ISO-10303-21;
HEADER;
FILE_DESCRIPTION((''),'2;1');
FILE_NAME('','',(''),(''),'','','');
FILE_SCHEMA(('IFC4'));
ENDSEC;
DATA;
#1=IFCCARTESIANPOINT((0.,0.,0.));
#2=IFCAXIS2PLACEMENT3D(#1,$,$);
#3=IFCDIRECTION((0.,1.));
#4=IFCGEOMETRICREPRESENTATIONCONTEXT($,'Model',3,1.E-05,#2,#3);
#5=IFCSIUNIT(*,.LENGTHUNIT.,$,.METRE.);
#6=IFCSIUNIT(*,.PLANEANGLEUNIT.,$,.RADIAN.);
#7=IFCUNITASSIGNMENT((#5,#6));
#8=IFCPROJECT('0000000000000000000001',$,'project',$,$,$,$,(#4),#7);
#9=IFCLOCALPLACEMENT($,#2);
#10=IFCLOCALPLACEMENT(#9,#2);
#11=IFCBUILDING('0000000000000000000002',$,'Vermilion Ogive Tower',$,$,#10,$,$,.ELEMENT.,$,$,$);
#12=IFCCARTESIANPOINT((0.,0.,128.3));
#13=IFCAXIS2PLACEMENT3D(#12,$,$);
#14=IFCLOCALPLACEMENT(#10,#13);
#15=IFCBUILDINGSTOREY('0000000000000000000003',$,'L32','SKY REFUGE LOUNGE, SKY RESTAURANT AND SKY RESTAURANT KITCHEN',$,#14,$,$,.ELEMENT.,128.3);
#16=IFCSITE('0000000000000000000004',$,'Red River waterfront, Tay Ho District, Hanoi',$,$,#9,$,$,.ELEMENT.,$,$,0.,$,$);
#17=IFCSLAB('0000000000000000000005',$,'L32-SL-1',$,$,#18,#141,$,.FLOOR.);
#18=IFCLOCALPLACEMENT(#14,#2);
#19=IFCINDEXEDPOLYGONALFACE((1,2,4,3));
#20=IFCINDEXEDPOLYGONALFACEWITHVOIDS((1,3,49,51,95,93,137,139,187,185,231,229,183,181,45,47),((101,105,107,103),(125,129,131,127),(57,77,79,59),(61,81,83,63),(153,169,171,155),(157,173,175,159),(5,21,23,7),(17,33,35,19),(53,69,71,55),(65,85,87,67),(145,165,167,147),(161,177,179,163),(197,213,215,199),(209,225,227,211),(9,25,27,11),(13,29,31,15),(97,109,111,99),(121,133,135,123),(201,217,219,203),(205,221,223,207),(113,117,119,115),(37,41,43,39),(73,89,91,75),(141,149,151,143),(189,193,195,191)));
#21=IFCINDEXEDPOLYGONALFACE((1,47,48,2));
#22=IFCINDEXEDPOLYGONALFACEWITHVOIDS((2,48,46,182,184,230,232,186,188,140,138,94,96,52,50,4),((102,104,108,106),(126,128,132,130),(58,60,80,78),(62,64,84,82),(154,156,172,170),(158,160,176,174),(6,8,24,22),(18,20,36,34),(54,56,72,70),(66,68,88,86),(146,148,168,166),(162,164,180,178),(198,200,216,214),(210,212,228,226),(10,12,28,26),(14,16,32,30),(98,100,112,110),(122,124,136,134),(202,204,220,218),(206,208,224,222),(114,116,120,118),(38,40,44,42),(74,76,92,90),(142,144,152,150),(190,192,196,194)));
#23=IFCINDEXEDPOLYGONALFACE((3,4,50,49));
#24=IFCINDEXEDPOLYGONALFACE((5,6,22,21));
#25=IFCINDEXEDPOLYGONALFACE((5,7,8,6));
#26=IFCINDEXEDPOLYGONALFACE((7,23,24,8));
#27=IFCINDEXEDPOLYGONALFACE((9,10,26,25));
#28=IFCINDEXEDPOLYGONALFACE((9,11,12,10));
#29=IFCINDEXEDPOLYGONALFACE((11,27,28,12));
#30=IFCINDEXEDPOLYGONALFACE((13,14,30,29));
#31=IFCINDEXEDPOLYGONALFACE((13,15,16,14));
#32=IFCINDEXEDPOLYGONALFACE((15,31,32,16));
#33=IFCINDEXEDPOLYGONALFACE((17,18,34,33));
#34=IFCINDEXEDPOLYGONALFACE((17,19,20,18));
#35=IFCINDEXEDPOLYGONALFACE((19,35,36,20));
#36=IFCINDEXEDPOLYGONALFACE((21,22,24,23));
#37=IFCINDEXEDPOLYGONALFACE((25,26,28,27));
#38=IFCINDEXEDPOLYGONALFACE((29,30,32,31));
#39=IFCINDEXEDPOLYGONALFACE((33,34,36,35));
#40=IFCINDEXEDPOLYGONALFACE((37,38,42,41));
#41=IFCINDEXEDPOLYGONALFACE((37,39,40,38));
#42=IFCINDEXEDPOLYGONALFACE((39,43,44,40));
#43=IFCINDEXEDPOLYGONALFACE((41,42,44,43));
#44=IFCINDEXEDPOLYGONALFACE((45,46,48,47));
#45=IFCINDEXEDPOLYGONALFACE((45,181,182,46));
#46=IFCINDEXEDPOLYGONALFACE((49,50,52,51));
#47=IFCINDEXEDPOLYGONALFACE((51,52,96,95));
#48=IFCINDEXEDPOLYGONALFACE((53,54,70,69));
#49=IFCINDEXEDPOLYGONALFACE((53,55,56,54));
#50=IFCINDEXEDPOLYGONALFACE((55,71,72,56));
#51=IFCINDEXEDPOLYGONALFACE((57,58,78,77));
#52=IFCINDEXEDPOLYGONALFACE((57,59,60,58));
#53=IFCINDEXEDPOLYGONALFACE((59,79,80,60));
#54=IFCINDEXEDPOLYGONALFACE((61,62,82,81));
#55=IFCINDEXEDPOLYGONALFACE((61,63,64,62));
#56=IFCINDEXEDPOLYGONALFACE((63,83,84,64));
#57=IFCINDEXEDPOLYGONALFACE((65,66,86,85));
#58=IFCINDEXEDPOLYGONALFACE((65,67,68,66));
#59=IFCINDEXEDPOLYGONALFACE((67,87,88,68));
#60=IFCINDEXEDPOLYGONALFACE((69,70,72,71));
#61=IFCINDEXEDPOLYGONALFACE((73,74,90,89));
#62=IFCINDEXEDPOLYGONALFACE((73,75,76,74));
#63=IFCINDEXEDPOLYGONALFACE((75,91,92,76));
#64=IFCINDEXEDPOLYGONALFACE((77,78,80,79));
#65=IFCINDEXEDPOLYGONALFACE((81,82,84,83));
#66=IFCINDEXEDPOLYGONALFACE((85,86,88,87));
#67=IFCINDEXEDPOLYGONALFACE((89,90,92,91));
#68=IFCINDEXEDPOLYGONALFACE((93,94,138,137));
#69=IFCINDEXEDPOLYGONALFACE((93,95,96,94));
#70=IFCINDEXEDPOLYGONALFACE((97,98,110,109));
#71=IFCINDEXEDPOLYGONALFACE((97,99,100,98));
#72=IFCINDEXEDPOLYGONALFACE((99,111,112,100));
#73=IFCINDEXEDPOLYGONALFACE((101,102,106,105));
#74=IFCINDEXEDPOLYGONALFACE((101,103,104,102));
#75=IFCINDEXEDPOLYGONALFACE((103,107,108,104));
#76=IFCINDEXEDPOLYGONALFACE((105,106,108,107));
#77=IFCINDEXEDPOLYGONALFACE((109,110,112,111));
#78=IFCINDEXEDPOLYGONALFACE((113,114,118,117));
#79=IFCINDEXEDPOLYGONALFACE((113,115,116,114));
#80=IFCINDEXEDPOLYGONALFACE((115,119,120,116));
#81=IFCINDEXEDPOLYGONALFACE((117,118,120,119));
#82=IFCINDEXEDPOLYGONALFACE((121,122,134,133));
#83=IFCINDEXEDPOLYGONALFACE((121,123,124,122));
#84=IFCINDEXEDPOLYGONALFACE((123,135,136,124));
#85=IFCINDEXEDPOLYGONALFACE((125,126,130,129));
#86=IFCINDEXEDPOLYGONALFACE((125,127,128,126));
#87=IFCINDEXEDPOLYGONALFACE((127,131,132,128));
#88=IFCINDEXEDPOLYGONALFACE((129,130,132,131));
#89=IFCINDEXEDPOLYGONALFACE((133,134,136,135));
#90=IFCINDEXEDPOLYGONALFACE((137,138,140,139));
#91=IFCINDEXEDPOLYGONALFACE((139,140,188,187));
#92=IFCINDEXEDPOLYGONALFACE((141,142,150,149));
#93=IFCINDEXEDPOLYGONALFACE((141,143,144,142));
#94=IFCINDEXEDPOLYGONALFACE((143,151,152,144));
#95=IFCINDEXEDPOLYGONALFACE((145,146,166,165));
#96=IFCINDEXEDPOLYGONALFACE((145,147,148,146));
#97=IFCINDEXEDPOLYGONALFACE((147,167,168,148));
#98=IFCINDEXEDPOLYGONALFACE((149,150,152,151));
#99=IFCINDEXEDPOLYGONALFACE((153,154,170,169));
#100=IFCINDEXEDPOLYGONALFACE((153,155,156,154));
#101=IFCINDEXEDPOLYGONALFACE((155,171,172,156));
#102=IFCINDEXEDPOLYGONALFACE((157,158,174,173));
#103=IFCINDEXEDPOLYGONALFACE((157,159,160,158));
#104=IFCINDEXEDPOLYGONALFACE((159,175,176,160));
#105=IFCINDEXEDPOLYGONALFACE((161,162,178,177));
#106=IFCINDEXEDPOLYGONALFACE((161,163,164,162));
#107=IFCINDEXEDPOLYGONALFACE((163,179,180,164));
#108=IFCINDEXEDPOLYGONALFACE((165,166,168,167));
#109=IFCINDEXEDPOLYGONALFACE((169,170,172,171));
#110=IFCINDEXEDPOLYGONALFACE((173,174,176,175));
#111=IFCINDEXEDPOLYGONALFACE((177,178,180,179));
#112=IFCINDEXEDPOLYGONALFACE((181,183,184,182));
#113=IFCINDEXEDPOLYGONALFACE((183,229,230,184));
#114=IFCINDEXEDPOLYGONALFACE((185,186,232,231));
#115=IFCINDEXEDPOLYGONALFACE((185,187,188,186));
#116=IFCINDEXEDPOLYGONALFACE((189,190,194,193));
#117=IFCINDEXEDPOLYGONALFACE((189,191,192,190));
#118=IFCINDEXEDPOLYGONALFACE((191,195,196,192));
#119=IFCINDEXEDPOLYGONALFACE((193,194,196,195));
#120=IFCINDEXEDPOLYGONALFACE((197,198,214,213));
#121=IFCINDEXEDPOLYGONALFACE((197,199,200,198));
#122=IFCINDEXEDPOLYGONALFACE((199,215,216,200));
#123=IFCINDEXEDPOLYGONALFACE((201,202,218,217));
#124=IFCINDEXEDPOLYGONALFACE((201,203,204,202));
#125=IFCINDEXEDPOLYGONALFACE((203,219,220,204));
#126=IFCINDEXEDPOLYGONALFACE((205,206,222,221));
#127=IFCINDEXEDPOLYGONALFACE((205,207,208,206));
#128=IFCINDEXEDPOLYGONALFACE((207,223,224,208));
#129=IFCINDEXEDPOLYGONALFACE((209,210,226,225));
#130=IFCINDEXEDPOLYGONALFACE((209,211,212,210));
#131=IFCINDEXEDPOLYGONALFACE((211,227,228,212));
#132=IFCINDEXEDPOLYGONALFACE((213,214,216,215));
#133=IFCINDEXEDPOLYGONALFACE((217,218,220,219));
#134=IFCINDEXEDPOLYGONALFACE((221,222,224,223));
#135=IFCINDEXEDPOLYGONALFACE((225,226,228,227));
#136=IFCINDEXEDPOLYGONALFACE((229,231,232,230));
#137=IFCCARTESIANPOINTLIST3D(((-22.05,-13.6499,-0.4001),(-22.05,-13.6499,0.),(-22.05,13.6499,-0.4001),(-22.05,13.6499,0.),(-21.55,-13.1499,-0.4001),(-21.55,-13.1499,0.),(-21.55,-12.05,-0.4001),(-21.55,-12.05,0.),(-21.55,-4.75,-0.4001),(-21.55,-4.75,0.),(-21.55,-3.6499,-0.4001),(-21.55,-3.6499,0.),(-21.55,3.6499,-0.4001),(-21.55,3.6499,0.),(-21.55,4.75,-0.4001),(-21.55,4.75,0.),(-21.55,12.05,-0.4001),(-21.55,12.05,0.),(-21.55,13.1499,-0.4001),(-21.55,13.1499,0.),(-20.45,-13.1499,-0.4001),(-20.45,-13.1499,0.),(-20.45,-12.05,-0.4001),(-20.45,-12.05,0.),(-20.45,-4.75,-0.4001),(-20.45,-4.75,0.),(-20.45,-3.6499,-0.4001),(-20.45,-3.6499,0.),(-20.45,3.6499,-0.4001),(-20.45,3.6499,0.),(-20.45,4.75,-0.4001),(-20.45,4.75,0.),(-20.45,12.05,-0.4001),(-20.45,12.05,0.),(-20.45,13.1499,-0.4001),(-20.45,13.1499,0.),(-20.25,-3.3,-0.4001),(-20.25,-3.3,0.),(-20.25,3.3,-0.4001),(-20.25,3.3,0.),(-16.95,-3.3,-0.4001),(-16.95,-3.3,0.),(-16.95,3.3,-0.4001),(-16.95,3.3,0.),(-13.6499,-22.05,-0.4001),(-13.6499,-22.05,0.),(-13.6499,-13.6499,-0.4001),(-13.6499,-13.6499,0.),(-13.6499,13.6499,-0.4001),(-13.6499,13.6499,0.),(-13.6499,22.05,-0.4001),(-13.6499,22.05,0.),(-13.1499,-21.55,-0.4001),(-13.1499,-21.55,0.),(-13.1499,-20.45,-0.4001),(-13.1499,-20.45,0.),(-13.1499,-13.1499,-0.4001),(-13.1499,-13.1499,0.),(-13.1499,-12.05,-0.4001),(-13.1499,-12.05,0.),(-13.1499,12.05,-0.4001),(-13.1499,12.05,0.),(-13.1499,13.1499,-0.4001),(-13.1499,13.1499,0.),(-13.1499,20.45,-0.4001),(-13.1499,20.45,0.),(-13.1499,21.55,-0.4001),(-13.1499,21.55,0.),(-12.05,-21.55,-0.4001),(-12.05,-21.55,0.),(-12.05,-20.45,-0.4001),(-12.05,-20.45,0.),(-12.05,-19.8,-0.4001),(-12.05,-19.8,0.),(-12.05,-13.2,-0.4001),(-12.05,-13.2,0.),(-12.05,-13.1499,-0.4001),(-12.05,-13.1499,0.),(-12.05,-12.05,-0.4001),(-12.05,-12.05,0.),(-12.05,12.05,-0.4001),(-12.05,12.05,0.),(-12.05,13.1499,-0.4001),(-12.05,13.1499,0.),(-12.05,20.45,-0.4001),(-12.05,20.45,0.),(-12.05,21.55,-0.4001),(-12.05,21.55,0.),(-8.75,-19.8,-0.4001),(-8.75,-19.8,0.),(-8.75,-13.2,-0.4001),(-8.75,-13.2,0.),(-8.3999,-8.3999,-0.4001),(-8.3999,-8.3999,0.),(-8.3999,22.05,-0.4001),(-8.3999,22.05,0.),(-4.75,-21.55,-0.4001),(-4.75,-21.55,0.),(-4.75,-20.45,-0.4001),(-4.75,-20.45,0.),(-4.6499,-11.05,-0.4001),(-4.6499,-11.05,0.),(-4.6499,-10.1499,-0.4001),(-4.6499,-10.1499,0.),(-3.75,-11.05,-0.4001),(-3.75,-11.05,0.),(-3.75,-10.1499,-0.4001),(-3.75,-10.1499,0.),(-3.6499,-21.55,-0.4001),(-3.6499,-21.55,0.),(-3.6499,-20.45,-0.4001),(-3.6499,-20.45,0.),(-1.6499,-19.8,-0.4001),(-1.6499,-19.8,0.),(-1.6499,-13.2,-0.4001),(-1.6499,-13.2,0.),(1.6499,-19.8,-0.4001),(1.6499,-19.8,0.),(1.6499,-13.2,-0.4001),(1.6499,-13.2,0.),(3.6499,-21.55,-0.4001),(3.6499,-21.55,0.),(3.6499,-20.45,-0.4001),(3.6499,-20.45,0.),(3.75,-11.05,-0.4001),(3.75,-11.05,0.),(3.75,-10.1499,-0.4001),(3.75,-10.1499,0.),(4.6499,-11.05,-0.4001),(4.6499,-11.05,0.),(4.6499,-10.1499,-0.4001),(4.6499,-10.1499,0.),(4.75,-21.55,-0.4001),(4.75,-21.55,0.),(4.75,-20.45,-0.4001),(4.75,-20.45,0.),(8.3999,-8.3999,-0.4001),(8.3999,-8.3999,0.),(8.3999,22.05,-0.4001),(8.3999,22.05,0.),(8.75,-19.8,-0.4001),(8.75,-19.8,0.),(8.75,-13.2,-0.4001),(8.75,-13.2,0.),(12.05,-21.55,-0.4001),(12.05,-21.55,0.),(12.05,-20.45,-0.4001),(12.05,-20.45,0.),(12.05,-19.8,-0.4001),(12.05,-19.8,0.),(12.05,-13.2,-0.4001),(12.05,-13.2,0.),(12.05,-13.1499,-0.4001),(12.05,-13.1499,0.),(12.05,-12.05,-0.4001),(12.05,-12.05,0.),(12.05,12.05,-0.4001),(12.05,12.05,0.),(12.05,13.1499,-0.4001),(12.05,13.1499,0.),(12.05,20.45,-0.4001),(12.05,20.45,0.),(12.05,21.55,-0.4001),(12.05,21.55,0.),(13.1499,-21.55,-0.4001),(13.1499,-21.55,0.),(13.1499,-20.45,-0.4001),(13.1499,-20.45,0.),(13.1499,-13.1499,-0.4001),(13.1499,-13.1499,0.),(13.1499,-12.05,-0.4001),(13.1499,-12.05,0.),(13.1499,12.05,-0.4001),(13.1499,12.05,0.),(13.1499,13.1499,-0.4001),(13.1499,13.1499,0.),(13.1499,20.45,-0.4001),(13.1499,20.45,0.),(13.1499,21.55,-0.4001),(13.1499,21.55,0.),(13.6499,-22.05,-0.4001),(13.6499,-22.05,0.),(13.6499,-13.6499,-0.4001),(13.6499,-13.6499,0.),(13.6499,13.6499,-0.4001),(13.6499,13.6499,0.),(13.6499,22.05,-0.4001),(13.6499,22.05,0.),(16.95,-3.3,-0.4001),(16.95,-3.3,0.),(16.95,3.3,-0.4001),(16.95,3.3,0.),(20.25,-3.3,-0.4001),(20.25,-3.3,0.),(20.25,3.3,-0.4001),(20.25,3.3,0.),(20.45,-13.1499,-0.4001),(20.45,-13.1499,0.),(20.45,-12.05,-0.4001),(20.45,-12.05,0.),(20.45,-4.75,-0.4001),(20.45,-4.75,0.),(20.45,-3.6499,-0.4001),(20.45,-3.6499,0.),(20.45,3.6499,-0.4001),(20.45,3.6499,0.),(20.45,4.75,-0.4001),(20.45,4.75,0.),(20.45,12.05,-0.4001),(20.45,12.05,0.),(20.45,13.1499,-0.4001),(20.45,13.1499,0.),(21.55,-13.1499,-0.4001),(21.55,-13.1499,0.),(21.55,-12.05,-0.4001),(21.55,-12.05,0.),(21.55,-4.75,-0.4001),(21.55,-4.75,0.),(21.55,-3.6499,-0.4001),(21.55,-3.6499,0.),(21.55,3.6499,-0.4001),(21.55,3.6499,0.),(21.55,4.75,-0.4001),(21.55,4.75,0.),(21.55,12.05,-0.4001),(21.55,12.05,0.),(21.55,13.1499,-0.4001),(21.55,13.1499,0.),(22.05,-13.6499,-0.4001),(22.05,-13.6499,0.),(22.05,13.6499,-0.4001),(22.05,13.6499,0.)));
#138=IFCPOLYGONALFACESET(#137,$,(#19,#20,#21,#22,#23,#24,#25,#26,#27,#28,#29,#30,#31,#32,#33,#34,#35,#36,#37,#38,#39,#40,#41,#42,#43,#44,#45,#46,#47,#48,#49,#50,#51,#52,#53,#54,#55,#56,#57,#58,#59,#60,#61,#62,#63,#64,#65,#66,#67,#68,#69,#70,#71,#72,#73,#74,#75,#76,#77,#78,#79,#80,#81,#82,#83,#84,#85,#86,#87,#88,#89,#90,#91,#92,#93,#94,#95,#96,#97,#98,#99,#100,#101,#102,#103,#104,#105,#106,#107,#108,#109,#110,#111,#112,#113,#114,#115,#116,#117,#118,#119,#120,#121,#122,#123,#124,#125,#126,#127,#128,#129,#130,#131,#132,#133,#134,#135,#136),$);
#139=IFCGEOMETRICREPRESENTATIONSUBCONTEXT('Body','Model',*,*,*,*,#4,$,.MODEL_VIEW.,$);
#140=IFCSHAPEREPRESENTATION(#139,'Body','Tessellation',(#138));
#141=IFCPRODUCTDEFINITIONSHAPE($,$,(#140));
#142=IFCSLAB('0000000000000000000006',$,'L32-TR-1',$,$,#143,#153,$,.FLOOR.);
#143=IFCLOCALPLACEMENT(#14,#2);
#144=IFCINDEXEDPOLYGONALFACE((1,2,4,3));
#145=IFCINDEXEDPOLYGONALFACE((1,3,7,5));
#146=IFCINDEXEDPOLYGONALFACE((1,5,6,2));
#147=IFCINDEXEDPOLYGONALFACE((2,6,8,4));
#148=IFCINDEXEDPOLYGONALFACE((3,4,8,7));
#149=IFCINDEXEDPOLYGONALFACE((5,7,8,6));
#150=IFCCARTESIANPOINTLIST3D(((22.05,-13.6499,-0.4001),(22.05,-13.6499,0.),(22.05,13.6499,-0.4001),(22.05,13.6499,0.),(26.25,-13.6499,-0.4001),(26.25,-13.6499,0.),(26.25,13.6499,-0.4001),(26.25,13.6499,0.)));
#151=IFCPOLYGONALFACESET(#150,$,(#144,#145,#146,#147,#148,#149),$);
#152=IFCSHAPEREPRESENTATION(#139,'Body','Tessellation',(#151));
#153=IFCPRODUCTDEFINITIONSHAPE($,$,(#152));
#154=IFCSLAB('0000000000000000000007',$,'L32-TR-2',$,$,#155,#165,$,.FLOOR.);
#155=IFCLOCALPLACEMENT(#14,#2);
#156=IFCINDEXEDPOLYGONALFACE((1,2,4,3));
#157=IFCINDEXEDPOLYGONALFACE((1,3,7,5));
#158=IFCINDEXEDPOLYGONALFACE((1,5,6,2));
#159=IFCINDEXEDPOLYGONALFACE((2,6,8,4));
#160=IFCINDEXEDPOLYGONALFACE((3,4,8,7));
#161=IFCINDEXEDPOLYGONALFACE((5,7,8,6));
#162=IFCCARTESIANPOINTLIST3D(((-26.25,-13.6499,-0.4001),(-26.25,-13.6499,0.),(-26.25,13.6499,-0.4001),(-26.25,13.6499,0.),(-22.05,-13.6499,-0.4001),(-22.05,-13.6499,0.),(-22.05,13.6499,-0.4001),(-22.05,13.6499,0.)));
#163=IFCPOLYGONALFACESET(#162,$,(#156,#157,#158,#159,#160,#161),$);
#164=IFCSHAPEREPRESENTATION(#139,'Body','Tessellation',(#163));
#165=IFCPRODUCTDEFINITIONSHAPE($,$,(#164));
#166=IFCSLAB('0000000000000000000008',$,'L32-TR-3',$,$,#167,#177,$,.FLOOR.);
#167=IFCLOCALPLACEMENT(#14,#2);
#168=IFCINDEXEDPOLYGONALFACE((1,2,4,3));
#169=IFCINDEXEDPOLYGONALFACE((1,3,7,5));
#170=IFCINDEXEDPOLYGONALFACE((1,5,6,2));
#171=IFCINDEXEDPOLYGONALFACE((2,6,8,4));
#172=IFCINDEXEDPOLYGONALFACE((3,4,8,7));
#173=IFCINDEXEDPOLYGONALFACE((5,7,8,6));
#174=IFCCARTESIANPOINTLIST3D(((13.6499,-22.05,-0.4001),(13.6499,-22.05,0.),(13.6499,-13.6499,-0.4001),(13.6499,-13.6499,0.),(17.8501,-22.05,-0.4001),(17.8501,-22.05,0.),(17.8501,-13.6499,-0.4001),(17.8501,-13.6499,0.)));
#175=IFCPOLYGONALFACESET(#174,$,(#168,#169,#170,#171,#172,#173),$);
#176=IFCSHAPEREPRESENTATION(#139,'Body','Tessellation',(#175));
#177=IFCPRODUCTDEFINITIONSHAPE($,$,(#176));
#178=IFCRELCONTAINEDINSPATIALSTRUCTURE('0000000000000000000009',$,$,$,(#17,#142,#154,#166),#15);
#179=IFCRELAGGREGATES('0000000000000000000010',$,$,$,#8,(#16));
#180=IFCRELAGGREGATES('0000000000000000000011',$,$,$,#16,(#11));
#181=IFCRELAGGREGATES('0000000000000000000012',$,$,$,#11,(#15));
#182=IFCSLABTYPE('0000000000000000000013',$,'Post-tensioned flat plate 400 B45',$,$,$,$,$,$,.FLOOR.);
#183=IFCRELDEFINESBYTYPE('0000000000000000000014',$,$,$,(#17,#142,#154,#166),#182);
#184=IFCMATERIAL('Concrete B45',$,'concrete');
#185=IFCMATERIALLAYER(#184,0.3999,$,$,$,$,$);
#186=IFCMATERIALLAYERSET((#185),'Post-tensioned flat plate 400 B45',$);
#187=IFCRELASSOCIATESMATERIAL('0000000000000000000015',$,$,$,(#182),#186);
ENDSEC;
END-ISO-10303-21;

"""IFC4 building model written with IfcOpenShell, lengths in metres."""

from ifc_helpers import new_model, si_unit, direction, frame, origin, place, context, subcontext, project, spatial, polyline, outline, extrude, material, layer, layer_set, type_object, element, save


model = new_model("IFC4")

# Units and contexts
model_context = context("Model", 3, precision=1e-05, world=origin(), true_north=direction((0.0, 1.0)))
body_context = subcontext(model_context, "Body", "Model", "MODEL_VIEW")
ifc_project = project(units=[si_unit("LENGTHUNIT", "METRE"), si_unit("PLANEANGLEUNIT", "RADIAN")], contexts=[model_context])

# Site, building, storey
site_placement = place(None, origin())
site = spatial("IfcSite", under=ifc_project, at=site_placement, Name="Red River waterfront, Tay Ho District, Hanoi", CompositionType="ELEMENT", RefElevation=0.0)
building_placement = place(site_placement, origin())
building = spatial("IfcBuilding", under=site, at=building_placement, Name="Vermilion Ogive Tower", CompositionType="ELEMENT")
storey_placement = place(building_placement, frame((0.0, 0.0, 128.3)))
storey = spatial("IfcBuildingStorey", under=building, at=storey_placement, Name="L32", Description="SKY REFUGE LOUNGE, SKY RESTAURANT AND SKY RESTAURANT KITCHEN", CompositionType="ELEMENT", Elevation=128.3)

# Slabs
ifc_material_1 = material(Name="Concrete B45", Category="concrete")
ifc_layer_1 = layer(ifc_material_1, 0.3999)
ifc_layer_set_1 = layer_set([ifc_layer_1], Name="Post-tensioned flat plate 400 B45")
slab_type = type_object("IfcSlabType", Name="Post-tensioned flat plate 400 B45", PredefinedType="FLOOR", material=ifc_layer_set_1)
slab_1_placement = place(storey_placement, frame((0.0, 0.0, -0.4001)))
element("IfcSlab", 1, at=slab_1_placement, inside=storey, type_object=slab_type, Name="L32-SL-1", PredefinedType="FLOOR", context=body_context, shape_type="SweptSolid", body=[
    extrude(outline(polyline([(-13.6499, -13.6499), (-22.05, -13.6499), (-22.05, 13.6499), (-13.6499, 13.6499), (-13.6499, 22.05), (-8.3999, 22.05), (-8.3999, -8.3999), (8.3999, -8.3999), (8.3999, 22.05), (13.6499, 22.05), (13.6499, 13.6499), (22.05, 13.6499), (22.05, -13.6499), (13.6499, -13.6499), (13.6499, -22.05), (-13.6499, -22.05), (-13.6499, -13.6499)]), holes=[polyline([(21.55, 12.05), (21.55, 13.1499), (20.45, 13.1499), (20.45, 12.05), (21.55, 12.05)]), polyline([(21.55, 3.6499), (21.55, 4.75), (20.45, 4.75), (20.45, 3.6499), (21.55, 3.6499)]), polyline([(21.55, -4.75), (21.55, -3.6499), (20.45, -3.6499), (20.45, -4.75), (21.55, -4.75)]), polyline([(21.55, -13.1499), (21.55, -12.05), (20.45, -12.05), (20.45, -13.1499), (21.55, -13.1499)]), polyline([(20.25, -3.3), (20.25, 3.3), (16.95, 3.3), (16.95, -3.3), (20.25, -3.3)]), polyline([(13.1499, 20.45), (13.1499, 21.55), (12.05, 21.55), (12.05, 20.45), (13.1499, 20.45)]), polyline([(13.1499, 12.05), (13.1499, 13.1499), (12.05, 13.1499), (12.05, 12.05), (13.1499, 12.05)]), polyline([(13.1499, -13.1499), (13.1499, -12.05), (12.05, -12.05), (12.05, -13.1499), (13.1499, -13.1499)]), polyline([(13.1499, -21.55), (13.1499, -20.45), (12.05, -20.45), (12.05, -21.55), (13.1499, -21.55)]), polyline([(12.05, -19.8), (12.05, -13.2), (8.75, -13.2), (8.75, -19.8), (12.05, -19.8)]), polyline([(4.75, -20.45), (3.6499, -20.45), (3.6499, -21.55), (4.75, -21.55), (4.75, -20.45)]), polyline([(4.6499, -11.05), (4.6499, -10.1499), (3.75, -10.1499), (3.75, -11.05), (4.6499, -11.05)]), polyline([(1.6499, -19.8), (1.6499, -13.2), (-1.6499, -13.2), (-1.6499, -19.8), (1.6499, -19.8)]), polyline([(-3.6499, -21.55), (-3.6499, -20.45), (-4.75, -20.45), (-4.75, -21.55), (-3.6499, -21.55)]), polyline([(-3.75, -11.05), (-3.75, -10.1499), (-4.6499, -10.1499), (-4.6499, -11.05), (-3.75, -11.05)]), polyline([(-8.75, -19.8), (-8.75, -13.2), (-12.05, -13.2), (-12.05, -19.8), (-8.75, -19.8)]), polyline([(-12.05, 20.45), (-12.05, 21.55), (-13.1499, 21.55), (-13.1499, 20.45), (-12.05, 20.45)]), polyline([(-12.05, 12.05), (-12.05, 13.1499), (-13.1499, 13.1499), (-13.1499, 12.05), (-12.05, 12.05)]), polyline([(-12.05, -13.1499), (-12.05, -12.05), (-13.1499, -12.05), (-13.1499, -13.1499), (-12.05, -13.1499)]), polyline([(-12.05, -20.45), (-13.1499, -20.45), (-13.1499, -21.55), (-12.05, -21.55), (-12.05, -20.45)]), polyline([(-16.95, -3.3), (-16.95, 3.3), (-20.25, 3.3), (-20.25, -3.3), (-16.95, -3.3)]), polyline([(-20.45, -13.1499), (-20.45, -12.05), (-21.55, -12.05), (-21.55, -13.1499), (-20.45, -13.1499)]), polyline([(-20.45, 12.05), (-20.45, 13.1499), (-21.55, 13.1499), (-21.55, 12.05), (-20.45, 12.05)]), polyline([(-20.45, 3.6499), (-20.45, 4.75), (-21.55, 4.75), (-21.55, 3.6499), (-20.45, 3.6499)]), polyline([(-20.45, -4.75), (-20.45, -3.6499), (-21.55, -3.6499), (-21.55, -4.75), (-20.45, -4.75)])]), origin(), (0.0, 0.0, 1.0), 0.4001),
])
slab_2_placement = place(storey_placement, frame((0.0, 0.0, -0.4001)))
element("IfcSlab", 2, at=slab_2_placement, inside=storey, type_object=slab_type, Name="L32-TR-1", PredefinedType="FLOOR", context=body_context, shape_type="SweptSolid", body=[
    extrude(outline(polyline([(26.25, -13.6499), (22.05, -13.6499), (22.05, 13.6499), (26.25, 13.6499), (26.25, -13.6499)])), origin(), (0.0, 0.0, 1.0), 0.4001),
])
slab_3_placement = place(storey_placement, frame((0.0, 0.0, -0.4001)))
element("IfcSlab", 3, at=slab_3_placement, inside=storey, type_object=slab_type, Name="L32-TR-2", PredefinedType="FLOOR", context=body_context, shape_type="SweptSolid", body=[
    extrude(outline(polyline([(-26.25, 13.6499), (-22.05, 13.6499), (-22.05, -13.6499), (-26.25, -13.6499), (-26.25, 13.6499)])), origin(), (0.0, 0.0, 1.0), 0.4001),
])
slab_4_placement = place(storey_placement, frame((0.0, 0.0, -0.4001)))
element("IfcSlab", 4, at=slab_4_placement, inside=storey, type_object=slab_type, Name="L32-TR-3", PredefinedType="FLOOR", context=body_context, shape_type="SweptSolid", body=[
    extrude(outline(polyline([(13.6499, -22.05), (13.6499, -13.6499), (17.8501, -13.6499), (17.8501, -22.05), (13.6499, -22.05)])), origin(), (0.0, 0.0, 1.0), 0.4001),
])

save(model, "model.ifc")
